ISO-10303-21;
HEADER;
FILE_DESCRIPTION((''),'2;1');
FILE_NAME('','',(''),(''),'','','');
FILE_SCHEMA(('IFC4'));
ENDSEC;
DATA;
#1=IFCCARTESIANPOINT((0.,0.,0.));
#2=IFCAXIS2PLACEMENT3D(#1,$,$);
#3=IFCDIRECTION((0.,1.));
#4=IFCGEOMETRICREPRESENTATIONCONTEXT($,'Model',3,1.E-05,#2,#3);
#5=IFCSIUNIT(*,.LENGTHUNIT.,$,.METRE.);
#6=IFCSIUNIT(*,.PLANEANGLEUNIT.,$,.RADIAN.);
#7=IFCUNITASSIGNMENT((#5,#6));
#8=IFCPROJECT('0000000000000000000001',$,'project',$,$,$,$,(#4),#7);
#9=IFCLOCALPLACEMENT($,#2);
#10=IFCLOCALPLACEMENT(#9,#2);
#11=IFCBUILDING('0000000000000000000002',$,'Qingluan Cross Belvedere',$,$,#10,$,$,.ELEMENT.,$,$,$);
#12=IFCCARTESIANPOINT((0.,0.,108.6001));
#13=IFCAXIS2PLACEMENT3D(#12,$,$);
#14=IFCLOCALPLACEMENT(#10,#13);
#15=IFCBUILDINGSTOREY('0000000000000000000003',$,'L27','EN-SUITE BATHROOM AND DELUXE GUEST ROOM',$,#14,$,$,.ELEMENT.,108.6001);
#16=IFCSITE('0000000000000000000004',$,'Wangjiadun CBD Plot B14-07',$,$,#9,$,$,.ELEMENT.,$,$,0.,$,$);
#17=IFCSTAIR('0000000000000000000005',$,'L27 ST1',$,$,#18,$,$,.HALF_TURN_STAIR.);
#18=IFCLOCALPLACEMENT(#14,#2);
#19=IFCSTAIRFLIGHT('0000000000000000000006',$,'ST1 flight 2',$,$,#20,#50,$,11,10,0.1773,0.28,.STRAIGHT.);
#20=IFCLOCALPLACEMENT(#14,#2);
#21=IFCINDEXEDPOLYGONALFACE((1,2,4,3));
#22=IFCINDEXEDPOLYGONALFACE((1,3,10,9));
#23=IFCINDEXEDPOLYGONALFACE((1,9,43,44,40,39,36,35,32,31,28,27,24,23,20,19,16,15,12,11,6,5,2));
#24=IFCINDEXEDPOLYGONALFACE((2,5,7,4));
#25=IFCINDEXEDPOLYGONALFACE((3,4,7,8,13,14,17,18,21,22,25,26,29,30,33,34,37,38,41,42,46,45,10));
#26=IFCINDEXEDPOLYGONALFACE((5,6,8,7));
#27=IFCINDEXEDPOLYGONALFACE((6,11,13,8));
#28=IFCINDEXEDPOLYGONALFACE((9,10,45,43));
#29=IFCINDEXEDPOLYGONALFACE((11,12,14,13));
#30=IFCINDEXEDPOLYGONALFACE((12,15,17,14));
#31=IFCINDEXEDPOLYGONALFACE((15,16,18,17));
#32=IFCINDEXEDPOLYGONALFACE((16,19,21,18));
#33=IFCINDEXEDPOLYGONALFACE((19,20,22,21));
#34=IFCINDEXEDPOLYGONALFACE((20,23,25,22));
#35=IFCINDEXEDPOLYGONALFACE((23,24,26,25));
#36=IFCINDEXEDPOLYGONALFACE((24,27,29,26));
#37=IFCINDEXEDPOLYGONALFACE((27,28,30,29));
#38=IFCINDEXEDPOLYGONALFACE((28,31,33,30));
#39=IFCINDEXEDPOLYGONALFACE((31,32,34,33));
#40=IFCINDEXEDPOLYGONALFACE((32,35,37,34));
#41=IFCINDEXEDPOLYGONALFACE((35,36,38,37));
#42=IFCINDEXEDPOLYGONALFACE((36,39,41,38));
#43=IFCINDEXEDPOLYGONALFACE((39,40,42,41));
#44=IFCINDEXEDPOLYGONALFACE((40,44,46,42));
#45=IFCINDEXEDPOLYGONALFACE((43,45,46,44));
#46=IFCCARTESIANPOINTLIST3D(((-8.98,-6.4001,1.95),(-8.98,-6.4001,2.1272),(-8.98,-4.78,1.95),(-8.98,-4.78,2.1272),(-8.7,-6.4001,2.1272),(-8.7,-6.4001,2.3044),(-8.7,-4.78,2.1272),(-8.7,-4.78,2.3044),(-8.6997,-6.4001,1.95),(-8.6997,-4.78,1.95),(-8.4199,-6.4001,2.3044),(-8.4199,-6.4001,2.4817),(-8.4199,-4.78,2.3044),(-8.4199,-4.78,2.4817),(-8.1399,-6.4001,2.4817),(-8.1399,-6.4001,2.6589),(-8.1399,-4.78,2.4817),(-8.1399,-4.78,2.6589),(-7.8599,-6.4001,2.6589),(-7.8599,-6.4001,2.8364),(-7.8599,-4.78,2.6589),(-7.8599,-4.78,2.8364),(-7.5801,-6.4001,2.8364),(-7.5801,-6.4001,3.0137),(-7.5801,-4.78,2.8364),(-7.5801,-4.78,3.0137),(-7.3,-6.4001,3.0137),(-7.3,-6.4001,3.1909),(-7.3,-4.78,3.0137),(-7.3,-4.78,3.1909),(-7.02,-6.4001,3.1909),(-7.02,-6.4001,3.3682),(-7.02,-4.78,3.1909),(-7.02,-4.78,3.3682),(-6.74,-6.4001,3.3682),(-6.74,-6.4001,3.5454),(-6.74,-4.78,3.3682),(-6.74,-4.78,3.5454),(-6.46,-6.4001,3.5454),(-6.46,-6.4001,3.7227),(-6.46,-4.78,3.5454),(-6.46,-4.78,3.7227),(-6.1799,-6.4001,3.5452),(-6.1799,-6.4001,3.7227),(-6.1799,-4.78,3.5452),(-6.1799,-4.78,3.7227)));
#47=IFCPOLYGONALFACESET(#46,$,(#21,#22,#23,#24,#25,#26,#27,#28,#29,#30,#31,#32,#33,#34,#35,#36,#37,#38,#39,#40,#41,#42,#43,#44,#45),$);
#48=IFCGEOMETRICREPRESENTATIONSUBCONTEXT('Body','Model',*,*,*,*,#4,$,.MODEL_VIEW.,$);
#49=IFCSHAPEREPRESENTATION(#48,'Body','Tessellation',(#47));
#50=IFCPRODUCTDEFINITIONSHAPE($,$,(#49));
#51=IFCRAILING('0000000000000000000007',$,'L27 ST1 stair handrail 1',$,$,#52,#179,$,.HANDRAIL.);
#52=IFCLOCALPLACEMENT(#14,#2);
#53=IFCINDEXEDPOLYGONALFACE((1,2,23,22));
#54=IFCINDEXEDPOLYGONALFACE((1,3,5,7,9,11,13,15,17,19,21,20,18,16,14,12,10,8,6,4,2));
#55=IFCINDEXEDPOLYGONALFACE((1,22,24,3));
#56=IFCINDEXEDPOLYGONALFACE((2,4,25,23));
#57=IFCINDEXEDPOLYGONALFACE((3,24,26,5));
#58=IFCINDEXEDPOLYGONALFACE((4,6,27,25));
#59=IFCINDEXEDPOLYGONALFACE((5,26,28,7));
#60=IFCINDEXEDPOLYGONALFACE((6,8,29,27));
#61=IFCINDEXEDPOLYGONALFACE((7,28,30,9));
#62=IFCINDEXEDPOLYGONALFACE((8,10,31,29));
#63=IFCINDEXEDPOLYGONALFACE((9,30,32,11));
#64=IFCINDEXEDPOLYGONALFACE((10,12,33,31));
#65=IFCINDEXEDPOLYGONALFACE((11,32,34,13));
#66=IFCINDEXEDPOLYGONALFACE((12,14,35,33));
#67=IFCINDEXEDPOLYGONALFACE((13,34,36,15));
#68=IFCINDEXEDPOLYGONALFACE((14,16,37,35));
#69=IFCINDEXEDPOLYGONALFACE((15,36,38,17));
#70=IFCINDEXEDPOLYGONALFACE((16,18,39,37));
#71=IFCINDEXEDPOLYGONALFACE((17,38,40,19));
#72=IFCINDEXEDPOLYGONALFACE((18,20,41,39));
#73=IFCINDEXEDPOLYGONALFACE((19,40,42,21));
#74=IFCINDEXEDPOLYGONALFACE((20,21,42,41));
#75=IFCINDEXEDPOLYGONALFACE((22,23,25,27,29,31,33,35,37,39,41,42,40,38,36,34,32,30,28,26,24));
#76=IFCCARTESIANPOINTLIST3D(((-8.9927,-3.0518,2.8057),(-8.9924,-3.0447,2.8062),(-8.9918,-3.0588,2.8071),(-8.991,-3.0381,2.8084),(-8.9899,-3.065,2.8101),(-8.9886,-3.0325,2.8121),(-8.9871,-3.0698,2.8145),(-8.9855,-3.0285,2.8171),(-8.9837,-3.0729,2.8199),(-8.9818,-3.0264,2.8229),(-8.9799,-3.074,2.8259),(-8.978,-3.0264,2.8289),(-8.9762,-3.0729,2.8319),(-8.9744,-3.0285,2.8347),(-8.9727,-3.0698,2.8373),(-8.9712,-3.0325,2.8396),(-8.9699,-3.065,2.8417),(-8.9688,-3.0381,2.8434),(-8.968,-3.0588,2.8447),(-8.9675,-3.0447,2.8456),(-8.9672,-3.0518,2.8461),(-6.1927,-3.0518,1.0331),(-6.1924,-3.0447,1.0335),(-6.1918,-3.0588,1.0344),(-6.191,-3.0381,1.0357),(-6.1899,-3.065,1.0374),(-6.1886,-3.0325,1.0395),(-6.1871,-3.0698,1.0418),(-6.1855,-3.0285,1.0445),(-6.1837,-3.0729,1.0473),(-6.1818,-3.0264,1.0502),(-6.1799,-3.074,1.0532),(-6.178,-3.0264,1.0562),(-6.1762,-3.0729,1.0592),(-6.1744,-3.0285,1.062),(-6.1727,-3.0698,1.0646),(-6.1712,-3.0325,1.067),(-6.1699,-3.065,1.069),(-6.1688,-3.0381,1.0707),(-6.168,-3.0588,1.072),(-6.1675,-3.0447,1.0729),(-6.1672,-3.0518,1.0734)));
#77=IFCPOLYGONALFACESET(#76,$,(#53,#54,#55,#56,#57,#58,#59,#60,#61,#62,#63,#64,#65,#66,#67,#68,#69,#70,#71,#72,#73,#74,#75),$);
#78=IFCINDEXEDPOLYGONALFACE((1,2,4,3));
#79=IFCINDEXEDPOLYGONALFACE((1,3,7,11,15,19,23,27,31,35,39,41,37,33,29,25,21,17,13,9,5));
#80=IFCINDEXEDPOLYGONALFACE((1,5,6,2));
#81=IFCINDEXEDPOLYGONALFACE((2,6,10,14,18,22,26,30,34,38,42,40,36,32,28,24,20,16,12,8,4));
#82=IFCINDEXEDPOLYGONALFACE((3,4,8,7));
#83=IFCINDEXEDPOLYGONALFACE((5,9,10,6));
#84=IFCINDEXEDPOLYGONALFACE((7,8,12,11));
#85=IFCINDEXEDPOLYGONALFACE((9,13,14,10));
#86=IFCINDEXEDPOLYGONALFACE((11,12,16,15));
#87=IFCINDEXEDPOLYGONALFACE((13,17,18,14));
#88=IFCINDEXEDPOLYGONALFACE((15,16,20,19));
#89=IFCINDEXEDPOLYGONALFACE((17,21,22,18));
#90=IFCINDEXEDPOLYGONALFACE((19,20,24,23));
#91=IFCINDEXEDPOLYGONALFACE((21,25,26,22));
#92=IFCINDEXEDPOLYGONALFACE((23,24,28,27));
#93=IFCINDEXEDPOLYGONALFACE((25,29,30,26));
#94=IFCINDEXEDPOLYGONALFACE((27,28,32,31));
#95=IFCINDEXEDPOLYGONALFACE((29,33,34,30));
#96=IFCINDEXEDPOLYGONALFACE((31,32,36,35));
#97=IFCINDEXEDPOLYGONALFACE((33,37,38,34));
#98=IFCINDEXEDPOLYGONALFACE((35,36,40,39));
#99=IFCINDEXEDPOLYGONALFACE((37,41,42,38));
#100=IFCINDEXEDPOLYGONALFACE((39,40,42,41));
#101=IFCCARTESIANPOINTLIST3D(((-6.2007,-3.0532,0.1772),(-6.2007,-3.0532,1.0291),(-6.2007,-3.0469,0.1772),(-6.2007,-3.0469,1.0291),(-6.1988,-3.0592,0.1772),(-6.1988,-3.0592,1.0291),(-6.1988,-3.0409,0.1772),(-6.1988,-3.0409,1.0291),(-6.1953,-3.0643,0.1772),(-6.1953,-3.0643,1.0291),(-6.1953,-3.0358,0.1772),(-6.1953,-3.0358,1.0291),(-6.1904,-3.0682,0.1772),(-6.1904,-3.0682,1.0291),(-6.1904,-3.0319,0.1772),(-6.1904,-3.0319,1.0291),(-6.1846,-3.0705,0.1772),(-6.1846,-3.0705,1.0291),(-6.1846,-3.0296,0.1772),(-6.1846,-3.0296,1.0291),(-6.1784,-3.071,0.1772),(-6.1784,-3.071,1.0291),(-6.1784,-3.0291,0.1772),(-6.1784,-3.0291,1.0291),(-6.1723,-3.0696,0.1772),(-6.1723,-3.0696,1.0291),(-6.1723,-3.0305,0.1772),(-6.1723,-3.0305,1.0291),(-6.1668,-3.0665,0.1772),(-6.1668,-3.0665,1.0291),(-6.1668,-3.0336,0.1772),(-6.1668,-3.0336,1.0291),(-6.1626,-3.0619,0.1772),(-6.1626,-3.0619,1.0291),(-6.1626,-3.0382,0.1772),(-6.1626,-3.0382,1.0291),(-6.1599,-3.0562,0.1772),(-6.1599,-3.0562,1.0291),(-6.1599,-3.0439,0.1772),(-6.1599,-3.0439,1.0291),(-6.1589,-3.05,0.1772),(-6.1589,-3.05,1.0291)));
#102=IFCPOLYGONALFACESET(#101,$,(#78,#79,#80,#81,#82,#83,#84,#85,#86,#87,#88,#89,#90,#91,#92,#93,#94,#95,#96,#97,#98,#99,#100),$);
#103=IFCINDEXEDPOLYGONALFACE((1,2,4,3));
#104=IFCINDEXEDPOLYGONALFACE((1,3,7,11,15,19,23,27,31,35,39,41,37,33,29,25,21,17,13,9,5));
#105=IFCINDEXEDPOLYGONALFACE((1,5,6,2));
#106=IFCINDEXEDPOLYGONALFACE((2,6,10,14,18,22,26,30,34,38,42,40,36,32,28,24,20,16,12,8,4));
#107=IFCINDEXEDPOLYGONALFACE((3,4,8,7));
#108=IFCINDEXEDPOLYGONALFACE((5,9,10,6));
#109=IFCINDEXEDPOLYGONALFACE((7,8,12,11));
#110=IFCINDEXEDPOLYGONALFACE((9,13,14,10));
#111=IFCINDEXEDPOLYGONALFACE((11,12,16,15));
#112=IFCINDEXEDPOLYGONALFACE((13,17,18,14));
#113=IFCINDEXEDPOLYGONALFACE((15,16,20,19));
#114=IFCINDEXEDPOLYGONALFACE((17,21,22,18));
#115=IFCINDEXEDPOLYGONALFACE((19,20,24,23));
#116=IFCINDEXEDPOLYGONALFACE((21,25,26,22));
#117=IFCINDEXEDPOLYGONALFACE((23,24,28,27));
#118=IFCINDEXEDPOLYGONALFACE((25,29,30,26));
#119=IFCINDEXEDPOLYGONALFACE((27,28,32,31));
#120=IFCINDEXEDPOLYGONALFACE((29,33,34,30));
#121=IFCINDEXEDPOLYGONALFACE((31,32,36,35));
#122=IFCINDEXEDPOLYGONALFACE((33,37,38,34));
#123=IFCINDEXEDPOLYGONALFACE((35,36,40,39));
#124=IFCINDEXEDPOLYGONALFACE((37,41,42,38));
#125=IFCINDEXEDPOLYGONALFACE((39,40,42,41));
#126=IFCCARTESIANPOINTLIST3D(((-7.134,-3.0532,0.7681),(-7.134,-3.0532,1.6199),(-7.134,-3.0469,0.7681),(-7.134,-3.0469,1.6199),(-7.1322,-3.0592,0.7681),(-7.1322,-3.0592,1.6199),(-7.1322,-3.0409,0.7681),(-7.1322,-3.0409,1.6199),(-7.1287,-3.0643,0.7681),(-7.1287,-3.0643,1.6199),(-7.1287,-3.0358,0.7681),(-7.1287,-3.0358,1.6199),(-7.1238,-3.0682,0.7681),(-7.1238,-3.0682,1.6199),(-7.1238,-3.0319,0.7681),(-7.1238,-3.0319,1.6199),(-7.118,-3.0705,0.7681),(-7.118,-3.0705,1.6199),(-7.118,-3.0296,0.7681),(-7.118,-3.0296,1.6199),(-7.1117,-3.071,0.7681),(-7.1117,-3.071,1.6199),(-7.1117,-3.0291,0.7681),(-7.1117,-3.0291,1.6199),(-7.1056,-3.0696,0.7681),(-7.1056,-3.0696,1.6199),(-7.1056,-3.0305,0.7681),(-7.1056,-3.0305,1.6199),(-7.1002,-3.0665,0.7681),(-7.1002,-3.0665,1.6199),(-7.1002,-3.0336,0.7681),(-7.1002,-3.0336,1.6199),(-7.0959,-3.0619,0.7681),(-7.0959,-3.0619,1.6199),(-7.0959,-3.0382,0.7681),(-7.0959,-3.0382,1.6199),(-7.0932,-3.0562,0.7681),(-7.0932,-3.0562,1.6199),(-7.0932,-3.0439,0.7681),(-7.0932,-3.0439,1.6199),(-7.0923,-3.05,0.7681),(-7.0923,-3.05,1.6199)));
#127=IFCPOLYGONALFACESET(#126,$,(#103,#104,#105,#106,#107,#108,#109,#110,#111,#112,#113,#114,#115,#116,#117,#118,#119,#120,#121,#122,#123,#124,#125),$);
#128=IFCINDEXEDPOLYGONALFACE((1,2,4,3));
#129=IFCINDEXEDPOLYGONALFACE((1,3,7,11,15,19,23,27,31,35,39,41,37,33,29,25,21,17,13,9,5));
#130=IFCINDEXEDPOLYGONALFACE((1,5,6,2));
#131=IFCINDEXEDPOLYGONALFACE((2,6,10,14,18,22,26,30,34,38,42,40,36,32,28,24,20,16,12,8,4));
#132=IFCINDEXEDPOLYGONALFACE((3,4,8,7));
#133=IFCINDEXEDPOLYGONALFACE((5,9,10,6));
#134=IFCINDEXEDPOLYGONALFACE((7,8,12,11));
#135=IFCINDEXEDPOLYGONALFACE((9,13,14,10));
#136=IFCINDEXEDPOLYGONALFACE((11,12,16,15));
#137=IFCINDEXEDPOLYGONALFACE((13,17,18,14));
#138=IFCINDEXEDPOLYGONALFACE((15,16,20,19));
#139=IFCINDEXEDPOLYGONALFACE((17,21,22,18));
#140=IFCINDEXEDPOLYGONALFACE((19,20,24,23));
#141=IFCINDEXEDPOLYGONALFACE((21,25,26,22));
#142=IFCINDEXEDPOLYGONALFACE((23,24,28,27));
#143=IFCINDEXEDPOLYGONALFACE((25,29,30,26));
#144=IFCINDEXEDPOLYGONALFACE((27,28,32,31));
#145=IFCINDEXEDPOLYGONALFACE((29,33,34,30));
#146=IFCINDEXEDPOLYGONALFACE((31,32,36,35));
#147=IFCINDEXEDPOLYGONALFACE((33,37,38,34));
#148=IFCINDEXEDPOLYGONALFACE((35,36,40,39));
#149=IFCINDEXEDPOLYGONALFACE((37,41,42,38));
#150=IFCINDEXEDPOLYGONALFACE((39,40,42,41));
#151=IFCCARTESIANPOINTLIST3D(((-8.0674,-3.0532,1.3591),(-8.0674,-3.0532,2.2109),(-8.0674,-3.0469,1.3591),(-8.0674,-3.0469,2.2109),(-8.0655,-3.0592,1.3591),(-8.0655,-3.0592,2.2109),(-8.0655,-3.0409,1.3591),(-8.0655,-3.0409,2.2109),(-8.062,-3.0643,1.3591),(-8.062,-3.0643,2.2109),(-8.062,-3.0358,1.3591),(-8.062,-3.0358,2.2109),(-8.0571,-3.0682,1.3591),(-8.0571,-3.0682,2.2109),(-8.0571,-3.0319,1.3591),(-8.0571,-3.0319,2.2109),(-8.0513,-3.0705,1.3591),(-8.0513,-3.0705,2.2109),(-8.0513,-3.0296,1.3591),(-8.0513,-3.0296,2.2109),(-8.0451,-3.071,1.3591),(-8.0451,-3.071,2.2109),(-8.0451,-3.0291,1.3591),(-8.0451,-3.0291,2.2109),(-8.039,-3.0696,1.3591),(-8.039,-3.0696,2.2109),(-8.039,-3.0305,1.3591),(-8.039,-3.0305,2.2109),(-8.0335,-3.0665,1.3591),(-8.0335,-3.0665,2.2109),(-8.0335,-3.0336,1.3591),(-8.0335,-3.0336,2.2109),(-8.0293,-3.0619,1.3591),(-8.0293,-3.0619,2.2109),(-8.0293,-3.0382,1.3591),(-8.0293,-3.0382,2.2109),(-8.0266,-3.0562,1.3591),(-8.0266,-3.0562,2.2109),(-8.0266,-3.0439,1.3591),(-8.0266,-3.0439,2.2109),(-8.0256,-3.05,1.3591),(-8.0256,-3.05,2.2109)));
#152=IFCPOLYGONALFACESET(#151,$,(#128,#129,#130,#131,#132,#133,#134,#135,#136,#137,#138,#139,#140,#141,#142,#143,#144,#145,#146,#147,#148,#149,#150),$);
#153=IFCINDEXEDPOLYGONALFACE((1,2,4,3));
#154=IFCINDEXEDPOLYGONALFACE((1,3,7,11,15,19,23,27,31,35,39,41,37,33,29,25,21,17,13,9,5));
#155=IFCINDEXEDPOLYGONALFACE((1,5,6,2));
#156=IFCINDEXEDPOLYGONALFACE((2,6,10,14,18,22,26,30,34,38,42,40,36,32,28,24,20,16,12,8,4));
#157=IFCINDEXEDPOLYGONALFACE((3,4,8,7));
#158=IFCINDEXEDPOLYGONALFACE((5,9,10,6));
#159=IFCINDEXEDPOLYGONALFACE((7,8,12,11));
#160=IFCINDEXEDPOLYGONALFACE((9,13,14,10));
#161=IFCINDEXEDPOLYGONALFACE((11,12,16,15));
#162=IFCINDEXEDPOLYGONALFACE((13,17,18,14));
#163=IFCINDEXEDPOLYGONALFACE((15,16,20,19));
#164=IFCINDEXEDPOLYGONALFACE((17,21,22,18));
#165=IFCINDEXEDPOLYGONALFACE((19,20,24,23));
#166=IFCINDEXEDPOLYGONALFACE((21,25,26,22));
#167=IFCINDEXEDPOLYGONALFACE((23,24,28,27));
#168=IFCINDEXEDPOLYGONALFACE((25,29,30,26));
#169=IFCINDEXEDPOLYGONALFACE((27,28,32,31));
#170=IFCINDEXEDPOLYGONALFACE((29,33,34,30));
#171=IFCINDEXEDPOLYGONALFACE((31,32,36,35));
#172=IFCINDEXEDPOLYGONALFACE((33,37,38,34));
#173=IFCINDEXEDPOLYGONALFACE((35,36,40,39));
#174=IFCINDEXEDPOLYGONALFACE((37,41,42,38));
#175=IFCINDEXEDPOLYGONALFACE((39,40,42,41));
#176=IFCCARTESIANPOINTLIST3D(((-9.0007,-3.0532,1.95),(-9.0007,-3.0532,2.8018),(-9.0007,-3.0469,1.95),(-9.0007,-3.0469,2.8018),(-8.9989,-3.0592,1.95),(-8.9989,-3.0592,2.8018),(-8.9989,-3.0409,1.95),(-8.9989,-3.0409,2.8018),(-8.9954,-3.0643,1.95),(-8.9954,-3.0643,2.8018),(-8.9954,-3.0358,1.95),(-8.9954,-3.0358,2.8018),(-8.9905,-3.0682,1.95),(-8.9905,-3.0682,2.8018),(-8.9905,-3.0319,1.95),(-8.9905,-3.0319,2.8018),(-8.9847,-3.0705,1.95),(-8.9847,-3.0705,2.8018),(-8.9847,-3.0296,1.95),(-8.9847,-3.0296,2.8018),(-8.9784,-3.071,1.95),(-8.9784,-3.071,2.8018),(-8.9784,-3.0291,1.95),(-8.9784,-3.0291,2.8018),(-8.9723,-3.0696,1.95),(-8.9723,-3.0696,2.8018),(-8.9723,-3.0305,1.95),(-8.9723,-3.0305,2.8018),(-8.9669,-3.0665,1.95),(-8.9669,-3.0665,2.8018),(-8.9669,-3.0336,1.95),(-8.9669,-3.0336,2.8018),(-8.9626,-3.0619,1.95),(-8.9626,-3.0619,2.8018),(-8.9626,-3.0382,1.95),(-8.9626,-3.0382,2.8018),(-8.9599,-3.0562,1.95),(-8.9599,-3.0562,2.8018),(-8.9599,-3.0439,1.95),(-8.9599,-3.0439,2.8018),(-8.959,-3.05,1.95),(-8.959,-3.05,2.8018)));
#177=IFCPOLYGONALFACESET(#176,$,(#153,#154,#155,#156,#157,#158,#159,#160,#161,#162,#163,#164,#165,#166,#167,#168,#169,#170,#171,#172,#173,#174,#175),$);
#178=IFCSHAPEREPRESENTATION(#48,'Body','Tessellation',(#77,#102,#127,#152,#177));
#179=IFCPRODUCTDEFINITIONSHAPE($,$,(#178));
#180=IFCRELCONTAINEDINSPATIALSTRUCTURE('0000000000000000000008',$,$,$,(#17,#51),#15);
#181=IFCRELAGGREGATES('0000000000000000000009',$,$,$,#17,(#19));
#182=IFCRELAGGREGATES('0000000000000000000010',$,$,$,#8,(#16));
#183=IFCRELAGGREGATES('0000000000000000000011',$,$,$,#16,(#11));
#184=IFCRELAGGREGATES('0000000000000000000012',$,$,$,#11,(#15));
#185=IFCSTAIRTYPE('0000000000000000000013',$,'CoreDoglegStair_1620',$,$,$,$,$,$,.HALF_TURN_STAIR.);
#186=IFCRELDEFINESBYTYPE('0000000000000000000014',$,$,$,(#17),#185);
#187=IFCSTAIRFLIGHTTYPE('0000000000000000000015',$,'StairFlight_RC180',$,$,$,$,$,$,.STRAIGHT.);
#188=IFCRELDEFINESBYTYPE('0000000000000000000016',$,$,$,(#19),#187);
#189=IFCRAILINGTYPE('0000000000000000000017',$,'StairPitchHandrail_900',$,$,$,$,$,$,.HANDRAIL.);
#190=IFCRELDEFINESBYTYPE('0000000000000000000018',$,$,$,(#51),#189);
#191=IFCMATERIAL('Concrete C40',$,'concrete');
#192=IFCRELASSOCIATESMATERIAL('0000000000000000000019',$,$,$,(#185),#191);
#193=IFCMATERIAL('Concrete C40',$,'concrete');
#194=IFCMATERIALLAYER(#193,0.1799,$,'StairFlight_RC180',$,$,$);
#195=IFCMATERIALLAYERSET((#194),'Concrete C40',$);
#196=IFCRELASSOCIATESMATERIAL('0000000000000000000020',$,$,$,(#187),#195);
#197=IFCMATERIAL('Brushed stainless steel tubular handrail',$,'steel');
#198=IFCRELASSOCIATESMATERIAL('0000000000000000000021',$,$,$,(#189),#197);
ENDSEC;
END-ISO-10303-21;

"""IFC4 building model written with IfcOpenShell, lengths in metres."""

from ifc_helpers import new_model, si_unit, direction, frame, origin, origin_2d, place, context, subcontext, project, spatial, polyline, circle, outline, extrude, material, layer, layer_set, type_object, element, aggregate, save


model = new_model("IFC4")

# Units and contexts
model_context = context("Model", 3, precision=1e-05, world=origin(), true_north=direction((0.0, 1.0)))
body_context = subcontext(model_context, "Body", "Model", "MODEL_VIEW")
ifc_project = project(units=[si_unit("LENGTHUNIT", "METRE"), si_unit("PLANEANGLEUNIT", "RADIAN")], contexts=[model_context])

# Site, building, storey
site_placement = place(None, origin())
site = spatial("IfcSite", under=ifc_project, at=site_placement, Name="Wangjiadun CBD Plot B14-07", CompositionType="ELEMENT", RefElevation=0.0)
building_placement = place(site_placement, origin())
building = spatial("IfcBuilding", under=site, at=building_placement, Name="Qingluan Cross Belvedere", CompositionType="ELEMENT")
storey_placement = place(building_placement, frame((0.0, 0.0, 108.6001)))
storey = spatial("IfcBuildingStorey", under=building, at=storey_placement, Name="L27", Description="EN-SUITE BATHROOM AND DELUXE GUEST ROOM", CompositionType="ELEMENT", Elevation=108.6001)

# Stair, stair flight
ifc_material_1 = material(Name="Concrete C40", Category="concrete")
stair_type = type_object("IfcStairType", Name="CoreDoglegStair_1620", PredefinedType="HALF_TURN_STAIR", material=ifc_material_1)
stair_placement = place(storey_placement, origin())
stair = element("IfcStair", 1, at=stair_placement, inside=storey, type_object=stair_type, Name="L27 ST1", PredefinedType="HALF_TURN_STAIR")
ifc_material_2 = material(Name="Concrete C40", Category="concrete")
ifc_layer_1 = layer(ifc_material_2, 0.1799, Name="StairFlight_RC180")
ifc_layer_set_1 = layer_set([ifc_layer_1], Name="Concrete C40")
stair_flight_type = type_object("IfcStairFlightType", Name="StairFlight_RC180", PredefinedType="STRAIGHT", material=ifc_layer_set_1)
stair_flight_1_placement = place(storey_placement, frame((-8.98, -5.5901, 1.95), z_axis=(0.0, 0.0, 1.0), x_axis=(1.0, 0.0, 0.0)))
stair_flight_1 = element("IfcStairFlight", 2, at=stair_flight_1_placement, type_object=stair_flight_type, Name="ST1 flight 2", NumberOfRisers=11, NumberOfTreads=10, PredefinedType="STRAIGHT", RiserHeight=0.1773, TreadLength=0.28, context=body_context, shape_type="SweptSolid", body=[
    extrude(outline(polyline([(0.0, 0.0), (0.0, 0.1772), (0.28, 0.1772), (0.28, 0.3545), (0.5601, 0.3545), (0.5601, 0.5317), (0.8401, 0.5317), (0.8401, 0.709), (1.1201, 0.709), (1.1201, 0.8865), (1.3999, 0.8865), (1.3999, 1.0637), (1.6799, 1.0637), (1.6799, 1.241), (1.96, 1.241), (1.96, 1.4182), (2.24, 1.4182), (2.24, 1.5955), (2.52, 1.5955), (2.52, 1.7727), (2.8, 1.7727), (2.8, 1.95), (2.8, 1.5952), (0.2803, 0.0), (0.0, 0.0)])), frame((0.0, 0.8101, 0.0), z_axis=(0.0, -1.0, 0.0), x_axis=(1.0, 0.0, 0.0)), (0.0, 0.0, 1.0), 1.6201),
])
aggregate(stair, [stair_flight_1])

# Railing
ifc_material_3 = material(Name="Brushed stainless steel tubular handrail", Category="steel")
railing_type_1 = type_object("IfcRailingType", Name="StairPitchHandrail_900", PredefinedType="HANDRAIL", material=ifc_material_3)
railing_1_placement = place(storey_placement, frame((-6.1799, -3.05, 0.1772)))
element("IfcRailing", 3, at=railing_1_placement, inside=storey, type_object=railing_type_1, Name="L27 ST1 stair handrail 1", PredefinedType="HANDRAIL", context=body_context, shape_type="SweptSolid", body=[
    extrude(circle(Radius=0.0239, at=origin_2d()), frame((0.0, 0.0, 0.876), z_axis=(-0.844909, 0.0, 0.53491), x_axis=(0.0, -1.0, 0.0)), (0.0, 0.0, 1.0), 3.314),
    extrude(circle(Radius=0.021, at=origin_2d()), origin(), (0.0, 0.0, 1.0), 0.8518),
    extrude(circle(Radius=0.021, at=origin_2d()), frame((-0.9333, 0.0, 0.5908)), (0.0, 0.0, 1.0), 0.8518),
    extrude(circle(Radius=0.021, at=origin_2d()), frame((-1.8667, 0.0, 1.1819)), (0.0, 0.0, 1.0), 0.8518),
    extrude(circle(Radius=0.021, at=origin_2d()), frame((-2.8, 0.0, 1.7727)), (0.0, 0.0, 1.0), 0.8518),
])

save(model, "model.ifc")
